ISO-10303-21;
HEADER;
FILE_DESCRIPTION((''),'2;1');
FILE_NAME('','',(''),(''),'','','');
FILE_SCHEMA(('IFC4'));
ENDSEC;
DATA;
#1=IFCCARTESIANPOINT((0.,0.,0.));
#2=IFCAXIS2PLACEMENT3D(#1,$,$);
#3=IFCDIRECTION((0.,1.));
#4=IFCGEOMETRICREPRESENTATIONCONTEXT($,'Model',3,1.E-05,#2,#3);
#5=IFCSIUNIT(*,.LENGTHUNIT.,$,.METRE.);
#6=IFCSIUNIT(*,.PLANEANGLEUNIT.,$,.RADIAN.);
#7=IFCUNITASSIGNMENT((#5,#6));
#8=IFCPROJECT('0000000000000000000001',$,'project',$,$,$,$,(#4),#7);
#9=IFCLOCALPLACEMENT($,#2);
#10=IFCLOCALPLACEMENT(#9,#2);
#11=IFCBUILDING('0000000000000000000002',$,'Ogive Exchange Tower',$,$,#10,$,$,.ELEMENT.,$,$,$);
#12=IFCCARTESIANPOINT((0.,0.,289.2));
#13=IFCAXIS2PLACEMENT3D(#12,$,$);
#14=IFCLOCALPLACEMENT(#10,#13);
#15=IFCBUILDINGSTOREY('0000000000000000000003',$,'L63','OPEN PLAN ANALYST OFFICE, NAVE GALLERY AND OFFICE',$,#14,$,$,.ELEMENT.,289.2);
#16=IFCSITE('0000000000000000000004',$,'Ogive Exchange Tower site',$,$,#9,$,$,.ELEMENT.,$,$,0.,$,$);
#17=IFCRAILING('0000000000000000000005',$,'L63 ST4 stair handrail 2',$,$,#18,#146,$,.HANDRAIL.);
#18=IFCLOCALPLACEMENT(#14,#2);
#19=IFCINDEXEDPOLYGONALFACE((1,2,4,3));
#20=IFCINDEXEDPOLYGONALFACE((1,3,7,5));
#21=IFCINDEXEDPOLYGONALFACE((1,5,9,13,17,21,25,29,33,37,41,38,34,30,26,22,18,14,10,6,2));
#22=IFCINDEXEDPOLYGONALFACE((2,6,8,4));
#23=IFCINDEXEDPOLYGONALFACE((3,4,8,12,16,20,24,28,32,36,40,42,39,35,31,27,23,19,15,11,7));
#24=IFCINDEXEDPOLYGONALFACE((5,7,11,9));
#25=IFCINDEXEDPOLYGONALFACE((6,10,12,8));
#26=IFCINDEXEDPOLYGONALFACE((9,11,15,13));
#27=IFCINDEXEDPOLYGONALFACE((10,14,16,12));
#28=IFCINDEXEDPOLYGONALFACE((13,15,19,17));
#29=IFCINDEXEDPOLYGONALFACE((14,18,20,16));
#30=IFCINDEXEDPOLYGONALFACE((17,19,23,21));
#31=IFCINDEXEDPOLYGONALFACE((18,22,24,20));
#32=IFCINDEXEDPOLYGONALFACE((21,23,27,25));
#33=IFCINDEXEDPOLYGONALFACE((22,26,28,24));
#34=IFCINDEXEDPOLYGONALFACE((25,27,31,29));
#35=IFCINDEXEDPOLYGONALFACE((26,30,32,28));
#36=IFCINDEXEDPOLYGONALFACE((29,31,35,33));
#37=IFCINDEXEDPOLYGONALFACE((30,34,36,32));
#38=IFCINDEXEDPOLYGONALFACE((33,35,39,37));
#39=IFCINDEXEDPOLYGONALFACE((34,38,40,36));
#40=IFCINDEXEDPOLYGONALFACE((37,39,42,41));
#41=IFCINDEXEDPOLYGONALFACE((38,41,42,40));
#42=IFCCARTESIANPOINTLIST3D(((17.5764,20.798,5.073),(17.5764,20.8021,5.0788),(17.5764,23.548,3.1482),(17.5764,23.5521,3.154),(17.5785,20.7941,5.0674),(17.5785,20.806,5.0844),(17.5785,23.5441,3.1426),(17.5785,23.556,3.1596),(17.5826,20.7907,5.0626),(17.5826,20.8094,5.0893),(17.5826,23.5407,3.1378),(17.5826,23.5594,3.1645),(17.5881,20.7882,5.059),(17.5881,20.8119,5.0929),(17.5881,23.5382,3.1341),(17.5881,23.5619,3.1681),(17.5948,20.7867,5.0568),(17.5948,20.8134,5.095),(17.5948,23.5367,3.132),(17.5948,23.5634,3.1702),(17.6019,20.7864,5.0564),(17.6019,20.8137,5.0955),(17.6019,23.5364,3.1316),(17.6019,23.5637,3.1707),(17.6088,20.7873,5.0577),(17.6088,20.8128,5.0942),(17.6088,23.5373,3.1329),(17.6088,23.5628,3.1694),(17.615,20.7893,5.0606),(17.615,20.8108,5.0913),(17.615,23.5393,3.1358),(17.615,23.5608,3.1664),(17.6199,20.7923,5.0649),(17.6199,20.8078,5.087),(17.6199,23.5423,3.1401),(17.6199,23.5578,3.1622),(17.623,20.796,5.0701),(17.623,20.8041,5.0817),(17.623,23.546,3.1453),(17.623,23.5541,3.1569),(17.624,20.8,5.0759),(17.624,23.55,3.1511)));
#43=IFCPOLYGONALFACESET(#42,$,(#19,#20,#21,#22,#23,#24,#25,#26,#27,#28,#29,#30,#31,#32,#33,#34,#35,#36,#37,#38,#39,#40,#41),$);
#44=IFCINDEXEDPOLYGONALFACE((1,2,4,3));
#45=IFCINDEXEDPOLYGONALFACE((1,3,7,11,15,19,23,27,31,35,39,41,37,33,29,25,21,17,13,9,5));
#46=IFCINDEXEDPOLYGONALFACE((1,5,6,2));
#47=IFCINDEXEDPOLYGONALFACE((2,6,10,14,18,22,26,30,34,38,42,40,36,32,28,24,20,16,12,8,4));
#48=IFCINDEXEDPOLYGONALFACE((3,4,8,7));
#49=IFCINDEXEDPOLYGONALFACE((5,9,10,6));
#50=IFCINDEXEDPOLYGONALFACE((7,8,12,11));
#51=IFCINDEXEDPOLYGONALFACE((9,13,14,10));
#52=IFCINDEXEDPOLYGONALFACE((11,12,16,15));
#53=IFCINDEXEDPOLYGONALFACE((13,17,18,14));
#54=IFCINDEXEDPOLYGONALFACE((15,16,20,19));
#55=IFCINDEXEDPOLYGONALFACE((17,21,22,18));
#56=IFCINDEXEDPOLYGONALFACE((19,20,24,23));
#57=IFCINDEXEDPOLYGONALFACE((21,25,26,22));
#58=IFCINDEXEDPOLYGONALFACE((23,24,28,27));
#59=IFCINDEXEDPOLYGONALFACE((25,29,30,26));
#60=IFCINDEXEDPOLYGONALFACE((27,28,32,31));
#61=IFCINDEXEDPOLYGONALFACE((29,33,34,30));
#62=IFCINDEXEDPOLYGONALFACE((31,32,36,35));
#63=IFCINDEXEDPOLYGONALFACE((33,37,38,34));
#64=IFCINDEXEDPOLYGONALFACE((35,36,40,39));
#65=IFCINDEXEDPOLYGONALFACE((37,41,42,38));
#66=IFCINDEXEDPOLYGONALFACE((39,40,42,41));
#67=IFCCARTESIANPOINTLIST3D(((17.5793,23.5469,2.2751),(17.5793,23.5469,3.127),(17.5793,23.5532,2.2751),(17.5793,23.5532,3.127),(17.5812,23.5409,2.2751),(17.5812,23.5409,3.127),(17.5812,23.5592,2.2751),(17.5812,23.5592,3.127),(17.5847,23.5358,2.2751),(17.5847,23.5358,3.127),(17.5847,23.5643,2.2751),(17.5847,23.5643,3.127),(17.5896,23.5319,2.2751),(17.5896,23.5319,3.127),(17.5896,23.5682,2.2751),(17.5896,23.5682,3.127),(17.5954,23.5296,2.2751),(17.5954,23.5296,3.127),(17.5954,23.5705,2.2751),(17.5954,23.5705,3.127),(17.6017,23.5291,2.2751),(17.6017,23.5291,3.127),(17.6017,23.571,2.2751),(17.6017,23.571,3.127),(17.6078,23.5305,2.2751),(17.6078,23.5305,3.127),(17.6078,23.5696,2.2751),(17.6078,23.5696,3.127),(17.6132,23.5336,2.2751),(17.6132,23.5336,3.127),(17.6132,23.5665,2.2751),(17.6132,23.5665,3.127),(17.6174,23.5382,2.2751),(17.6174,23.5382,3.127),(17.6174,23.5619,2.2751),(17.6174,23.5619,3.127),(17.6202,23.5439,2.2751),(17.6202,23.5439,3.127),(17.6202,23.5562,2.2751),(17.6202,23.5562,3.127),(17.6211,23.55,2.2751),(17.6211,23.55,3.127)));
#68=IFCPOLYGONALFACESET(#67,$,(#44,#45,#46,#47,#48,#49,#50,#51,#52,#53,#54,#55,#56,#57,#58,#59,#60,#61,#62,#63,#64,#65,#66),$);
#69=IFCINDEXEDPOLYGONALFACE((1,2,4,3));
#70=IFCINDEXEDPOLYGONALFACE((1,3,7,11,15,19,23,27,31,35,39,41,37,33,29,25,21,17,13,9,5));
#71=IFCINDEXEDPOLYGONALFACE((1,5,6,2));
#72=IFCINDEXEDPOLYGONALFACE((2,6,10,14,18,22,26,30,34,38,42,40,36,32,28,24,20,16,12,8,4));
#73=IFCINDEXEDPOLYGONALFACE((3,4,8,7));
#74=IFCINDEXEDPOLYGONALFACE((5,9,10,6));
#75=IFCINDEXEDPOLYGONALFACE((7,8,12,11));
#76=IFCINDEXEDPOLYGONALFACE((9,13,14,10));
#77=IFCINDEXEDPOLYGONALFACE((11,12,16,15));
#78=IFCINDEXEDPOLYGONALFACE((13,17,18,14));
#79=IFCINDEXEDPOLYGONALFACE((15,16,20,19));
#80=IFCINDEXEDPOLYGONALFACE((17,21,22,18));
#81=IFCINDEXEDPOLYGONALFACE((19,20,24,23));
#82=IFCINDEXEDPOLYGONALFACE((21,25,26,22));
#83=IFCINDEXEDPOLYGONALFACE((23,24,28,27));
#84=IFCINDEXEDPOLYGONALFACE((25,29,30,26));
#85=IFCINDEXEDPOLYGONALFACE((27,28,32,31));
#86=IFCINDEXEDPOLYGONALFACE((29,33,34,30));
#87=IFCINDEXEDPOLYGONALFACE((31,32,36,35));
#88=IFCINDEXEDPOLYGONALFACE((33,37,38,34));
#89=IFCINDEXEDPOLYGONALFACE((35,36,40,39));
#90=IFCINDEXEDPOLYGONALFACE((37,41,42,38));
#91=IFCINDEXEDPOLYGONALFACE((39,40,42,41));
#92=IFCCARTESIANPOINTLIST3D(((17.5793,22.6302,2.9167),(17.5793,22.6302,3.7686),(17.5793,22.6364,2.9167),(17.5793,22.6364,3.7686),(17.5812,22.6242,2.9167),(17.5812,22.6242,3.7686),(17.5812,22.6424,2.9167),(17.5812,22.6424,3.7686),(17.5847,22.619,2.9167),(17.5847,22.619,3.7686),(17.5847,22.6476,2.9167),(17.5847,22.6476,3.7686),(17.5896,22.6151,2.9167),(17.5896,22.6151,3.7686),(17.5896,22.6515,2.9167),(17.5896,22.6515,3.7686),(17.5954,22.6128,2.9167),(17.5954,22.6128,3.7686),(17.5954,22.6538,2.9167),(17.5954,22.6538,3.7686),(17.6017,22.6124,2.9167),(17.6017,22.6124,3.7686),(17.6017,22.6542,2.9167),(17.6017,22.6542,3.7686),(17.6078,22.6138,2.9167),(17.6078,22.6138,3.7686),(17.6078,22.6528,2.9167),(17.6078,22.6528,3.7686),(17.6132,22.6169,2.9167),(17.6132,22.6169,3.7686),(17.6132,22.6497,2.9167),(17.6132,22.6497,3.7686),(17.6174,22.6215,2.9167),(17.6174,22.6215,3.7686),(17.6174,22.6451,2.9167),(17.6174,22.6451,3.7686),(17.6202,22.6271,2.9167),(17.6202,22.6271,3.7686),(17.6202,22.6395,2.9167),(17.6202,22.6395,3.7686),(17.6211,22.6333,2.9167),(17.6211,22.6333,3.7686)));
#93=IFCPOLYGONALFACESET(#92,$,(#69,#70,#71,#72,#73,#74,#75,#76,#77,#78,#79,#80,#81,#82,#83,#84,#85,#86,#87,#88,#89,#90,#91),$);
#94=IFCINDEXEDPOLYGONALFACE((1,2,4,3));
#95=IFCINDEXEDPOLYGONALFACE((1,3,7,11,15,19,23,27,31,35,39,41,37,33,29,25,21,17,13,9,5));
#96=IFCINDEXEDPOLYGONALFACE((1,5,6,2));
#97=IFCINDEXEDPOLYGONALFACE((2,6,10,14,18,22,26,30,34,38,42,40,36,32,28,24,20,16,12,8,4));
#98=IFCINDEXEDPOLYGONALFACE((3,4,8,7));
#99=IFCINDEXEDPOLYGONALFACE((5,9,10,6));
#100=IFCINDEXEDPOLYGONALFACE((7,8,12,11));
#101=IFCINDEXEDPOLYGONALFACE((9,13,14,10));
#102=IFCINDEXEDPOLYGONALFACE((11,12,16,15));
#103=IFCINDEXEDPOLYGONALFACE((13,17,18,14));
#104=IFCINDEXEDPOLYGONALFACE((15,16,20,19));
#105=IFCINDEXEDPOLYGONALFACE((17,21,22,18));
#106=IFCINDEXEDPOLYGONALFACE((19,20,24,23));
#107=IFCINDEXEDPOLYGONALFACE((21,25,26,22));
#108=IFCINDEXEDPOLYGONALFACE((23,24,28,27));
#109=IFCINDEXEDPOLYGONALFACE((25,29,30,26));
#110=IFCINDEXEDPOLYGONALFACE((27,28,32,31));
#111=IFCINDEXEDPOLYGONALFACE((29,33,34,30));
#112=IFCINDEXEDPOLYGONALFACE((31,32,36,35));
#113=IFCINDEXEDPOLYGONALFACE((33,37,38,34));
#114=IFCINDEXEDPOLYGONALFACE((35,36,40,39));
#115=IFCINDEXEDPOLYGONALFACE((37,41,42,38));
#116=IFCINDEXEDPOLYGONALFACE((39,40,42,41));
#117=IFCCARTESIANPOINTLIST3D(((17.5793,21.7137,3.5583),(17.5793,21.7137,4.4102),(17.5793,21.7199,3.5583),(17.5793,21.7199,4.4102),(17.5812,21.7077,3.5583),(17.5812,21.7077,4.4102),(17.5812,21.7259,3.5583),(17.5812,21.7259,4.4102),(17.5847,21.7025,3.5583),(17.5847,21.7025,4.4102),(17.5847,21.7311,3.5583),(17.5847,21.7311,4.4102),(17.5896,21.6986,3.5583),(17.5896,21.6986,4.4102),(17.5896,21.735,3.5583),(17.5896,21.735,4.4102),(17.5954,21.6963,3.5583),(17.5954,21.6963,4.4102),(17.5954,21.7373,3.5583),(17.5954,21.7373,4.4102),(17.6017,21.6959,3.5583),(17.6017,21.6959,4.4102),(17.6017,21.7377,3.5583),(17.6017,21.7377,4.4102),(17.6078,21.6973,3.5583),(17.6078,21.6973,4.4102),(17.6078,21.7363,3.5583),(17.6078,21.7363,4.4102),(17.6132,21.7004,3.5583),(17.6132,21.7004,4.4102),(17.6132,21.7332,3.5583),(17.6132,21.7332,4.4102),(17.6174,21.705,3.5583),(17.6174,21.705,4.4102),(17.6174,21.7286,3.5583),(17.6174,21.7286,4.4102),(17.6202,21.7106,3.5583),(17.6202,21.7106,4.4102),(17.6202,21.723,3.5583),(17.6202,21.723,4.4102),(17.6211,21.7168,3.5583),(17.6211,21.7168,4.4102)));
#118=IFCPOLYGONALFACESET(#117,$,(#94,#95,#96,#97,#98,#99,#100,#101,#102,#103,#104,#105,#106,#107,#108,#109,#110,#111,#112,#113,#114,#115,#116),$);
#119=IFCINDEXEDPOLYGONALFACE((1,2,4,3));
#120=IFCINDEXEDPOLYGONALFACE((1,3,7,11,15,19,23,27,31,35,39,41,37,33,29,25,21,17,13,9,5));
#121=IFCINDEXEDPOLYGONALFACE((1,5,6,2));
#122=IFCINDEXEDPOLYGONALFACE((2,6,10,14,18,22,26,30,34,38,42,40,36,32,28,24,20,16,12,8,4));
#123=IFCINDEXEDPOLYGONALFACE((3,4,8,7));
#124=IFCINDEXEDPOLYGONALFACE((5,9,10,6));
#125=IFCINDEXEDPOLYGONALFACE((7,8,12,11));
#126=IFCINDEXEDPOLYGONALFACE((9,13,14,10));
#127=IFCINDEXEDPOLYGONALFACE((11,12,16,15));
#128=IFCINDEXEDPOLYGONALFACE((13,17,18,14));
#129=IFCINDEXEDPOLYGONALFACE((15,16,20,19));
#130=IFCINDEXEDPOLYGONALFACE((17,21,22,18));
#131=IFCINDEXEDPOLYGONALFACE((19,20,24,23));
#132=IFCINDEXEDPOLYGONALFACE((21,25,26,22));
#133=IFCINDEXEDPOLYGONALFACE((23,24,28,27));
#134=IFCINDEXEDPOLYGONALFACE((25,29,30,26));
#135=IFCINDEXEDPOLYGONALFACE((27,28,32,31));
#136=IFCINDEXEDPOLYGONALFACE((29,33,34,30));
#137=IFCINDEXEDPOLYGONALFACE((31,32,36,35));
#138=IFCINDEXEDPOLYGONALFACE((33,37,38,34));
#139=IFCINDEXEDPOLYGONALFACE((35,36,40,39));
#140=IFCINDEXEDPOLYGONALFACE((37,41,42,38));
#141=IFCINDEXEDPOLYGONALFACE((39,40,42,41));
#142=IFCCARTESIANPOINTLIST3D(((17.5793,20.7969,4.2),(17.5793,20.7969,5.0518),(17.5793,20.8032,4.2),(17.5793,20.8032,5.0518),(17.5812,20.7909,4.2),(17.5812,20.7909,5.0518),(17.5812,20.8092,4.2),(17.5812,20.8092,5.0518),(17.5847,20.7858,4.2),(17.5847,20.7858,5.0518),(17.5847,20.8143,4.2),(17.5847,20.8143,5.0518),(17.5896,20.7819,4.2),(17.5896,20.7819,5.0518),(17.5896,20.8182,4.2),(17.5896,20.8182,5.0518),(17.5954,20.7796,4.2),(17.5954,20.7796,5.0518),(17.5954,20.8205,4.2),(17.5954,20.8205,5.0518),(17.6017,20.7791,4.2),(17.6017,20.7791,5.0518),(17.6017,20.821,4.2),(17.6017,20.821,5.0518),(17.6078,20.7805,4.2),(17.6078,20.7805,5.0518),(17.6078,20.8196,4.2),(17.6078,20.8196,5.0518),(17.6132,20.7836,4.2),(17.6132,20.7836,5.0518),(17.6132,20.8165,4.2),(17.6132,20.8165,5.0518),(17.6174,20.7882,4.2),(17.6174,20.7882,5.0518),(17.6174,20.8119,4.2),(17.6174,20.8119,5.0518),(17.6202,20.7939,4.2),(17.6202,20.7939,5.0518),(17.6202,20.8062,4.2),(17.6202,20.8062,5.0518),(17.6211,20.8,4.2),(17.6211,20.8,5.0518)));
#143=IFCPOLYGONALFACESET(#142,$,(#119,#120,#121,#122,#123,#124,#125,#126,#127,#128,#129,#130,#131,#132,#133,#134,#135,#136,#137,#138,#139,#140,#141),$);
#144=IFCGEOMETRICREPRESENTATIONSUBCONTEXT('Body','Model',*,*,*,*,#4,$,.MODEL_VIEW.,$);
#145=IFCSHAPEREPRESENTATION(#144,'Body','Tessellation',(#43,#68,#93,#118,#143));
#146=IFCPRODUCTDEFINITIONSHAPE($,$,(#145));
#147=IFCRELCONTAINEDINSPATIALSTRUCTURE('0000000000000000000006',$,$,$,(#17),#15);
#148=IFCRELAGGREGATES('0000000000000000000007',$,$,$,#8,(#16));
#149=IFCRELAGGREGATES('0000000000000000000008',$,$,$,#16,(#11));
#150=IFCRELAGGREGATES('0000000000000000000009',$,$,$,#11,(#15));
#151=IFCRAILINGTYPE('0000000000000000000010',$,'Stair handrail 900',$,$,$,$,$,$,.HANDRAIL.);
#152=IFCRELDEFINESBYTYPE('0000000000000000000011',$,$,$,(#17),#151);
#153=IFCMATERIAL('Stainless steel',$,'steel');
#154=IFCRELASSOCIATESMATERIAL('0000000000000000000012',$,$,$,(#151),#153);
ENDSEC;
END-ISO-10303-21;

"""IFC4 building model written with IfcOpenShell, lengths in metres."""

from ifc_helpers import new_model, si_unit, direction, frame, origin, origin_2d, place, context, subcontext, project, spatial, circle, extrude, material, type_object, element, save


model = new_model("IFC4")

# Units and contexts
model_context = context("Model", 3, precision=1e-05, world=origin(), true_north=direction((0.0, 1.0)))
body_context = subcontext(model_context, "Body", "Model", "MODEL_VIEW")
ifc_project = project(units=[si_unit("LENGTHUNIT", "METRE"), si_unit("PLANEANGLEUNIT", "RADIAN")], contexts=[model_context])

# Site, building, storey
site_placement = place(None, origin())
site = spatial("IfcSite", under=ifc_project, at=site_placement, Name="Ogive Exchange Tower site", CompositionType="ELEMENT", RefElevation=0.0)
building_placement = place(site_placement, origin())
building = spatial("IfcBuilding", under=site, at=building_placement, Name="Ogive Exchange Tower", CompositionType="ELEMENT")
storey_placement = place(building_placement, frame((0.0, 0.0, 289.2)))
storey = spatial("IfcBuildingStorey", under=building, at=storey_placement, Name="L63", Description="OPEN PLAN ANALYST OFFICE, NAVE GALLERY AND OFFICE", CompositionType="ELEMENT", Elevation=289.2)

# Railing
ifc_material_1 = material(Name="Stainless steel", Category="steel")
railing_type = type_object("IfcRailingType", Name="Stair handrail 900", PredefinedType="HANDRAIL", material=ifc_material_1)
railing_placement = place(storey_placement, frame((17.6001, 23.55, 2.2751)))
element("IfcRailing", 1, at=railing_placement, inside=storey, type_object=railing_type, Name="L63 ST4 stair handrail 2", PredefinedType="HANDRAIL", context=body_context, shape_type="SweptSolid", body=[
    extrude(circle(Radius=0.0239, at=origin_2d()), frame((0.0, 0.0, 0.876), z_axis=(0.0, -0.819259, 0.573423), x_axis=(1.0, 0.0, 0.0)), (0.0, 0.0, 1.0), 3.3567),
    extrude(circle(Radius=0.021, at=origin_2d()), origin(), (0.0, 0.0, 1.0), 0.8518),
    extrude(circle(Radius=0.021, at=origin_2d()), frame((0.0, -0.9167, 0.6416)), (0.0, 0.0, 1.0), 0.8518),
    extrude(circle(Radius=0.021, at=origin_2d()), frame((0.0, -1.8333, 1.2832)), (0.0, 0.0, 1.0), 0.8518),
    extrude(circle(Radius=0.021, at=origin_2d()), frame((0.0, -2.75, 1.9248)), (0.0, 0.0, 1.0), 0.8518),
])

save(model, "model.ifc")
